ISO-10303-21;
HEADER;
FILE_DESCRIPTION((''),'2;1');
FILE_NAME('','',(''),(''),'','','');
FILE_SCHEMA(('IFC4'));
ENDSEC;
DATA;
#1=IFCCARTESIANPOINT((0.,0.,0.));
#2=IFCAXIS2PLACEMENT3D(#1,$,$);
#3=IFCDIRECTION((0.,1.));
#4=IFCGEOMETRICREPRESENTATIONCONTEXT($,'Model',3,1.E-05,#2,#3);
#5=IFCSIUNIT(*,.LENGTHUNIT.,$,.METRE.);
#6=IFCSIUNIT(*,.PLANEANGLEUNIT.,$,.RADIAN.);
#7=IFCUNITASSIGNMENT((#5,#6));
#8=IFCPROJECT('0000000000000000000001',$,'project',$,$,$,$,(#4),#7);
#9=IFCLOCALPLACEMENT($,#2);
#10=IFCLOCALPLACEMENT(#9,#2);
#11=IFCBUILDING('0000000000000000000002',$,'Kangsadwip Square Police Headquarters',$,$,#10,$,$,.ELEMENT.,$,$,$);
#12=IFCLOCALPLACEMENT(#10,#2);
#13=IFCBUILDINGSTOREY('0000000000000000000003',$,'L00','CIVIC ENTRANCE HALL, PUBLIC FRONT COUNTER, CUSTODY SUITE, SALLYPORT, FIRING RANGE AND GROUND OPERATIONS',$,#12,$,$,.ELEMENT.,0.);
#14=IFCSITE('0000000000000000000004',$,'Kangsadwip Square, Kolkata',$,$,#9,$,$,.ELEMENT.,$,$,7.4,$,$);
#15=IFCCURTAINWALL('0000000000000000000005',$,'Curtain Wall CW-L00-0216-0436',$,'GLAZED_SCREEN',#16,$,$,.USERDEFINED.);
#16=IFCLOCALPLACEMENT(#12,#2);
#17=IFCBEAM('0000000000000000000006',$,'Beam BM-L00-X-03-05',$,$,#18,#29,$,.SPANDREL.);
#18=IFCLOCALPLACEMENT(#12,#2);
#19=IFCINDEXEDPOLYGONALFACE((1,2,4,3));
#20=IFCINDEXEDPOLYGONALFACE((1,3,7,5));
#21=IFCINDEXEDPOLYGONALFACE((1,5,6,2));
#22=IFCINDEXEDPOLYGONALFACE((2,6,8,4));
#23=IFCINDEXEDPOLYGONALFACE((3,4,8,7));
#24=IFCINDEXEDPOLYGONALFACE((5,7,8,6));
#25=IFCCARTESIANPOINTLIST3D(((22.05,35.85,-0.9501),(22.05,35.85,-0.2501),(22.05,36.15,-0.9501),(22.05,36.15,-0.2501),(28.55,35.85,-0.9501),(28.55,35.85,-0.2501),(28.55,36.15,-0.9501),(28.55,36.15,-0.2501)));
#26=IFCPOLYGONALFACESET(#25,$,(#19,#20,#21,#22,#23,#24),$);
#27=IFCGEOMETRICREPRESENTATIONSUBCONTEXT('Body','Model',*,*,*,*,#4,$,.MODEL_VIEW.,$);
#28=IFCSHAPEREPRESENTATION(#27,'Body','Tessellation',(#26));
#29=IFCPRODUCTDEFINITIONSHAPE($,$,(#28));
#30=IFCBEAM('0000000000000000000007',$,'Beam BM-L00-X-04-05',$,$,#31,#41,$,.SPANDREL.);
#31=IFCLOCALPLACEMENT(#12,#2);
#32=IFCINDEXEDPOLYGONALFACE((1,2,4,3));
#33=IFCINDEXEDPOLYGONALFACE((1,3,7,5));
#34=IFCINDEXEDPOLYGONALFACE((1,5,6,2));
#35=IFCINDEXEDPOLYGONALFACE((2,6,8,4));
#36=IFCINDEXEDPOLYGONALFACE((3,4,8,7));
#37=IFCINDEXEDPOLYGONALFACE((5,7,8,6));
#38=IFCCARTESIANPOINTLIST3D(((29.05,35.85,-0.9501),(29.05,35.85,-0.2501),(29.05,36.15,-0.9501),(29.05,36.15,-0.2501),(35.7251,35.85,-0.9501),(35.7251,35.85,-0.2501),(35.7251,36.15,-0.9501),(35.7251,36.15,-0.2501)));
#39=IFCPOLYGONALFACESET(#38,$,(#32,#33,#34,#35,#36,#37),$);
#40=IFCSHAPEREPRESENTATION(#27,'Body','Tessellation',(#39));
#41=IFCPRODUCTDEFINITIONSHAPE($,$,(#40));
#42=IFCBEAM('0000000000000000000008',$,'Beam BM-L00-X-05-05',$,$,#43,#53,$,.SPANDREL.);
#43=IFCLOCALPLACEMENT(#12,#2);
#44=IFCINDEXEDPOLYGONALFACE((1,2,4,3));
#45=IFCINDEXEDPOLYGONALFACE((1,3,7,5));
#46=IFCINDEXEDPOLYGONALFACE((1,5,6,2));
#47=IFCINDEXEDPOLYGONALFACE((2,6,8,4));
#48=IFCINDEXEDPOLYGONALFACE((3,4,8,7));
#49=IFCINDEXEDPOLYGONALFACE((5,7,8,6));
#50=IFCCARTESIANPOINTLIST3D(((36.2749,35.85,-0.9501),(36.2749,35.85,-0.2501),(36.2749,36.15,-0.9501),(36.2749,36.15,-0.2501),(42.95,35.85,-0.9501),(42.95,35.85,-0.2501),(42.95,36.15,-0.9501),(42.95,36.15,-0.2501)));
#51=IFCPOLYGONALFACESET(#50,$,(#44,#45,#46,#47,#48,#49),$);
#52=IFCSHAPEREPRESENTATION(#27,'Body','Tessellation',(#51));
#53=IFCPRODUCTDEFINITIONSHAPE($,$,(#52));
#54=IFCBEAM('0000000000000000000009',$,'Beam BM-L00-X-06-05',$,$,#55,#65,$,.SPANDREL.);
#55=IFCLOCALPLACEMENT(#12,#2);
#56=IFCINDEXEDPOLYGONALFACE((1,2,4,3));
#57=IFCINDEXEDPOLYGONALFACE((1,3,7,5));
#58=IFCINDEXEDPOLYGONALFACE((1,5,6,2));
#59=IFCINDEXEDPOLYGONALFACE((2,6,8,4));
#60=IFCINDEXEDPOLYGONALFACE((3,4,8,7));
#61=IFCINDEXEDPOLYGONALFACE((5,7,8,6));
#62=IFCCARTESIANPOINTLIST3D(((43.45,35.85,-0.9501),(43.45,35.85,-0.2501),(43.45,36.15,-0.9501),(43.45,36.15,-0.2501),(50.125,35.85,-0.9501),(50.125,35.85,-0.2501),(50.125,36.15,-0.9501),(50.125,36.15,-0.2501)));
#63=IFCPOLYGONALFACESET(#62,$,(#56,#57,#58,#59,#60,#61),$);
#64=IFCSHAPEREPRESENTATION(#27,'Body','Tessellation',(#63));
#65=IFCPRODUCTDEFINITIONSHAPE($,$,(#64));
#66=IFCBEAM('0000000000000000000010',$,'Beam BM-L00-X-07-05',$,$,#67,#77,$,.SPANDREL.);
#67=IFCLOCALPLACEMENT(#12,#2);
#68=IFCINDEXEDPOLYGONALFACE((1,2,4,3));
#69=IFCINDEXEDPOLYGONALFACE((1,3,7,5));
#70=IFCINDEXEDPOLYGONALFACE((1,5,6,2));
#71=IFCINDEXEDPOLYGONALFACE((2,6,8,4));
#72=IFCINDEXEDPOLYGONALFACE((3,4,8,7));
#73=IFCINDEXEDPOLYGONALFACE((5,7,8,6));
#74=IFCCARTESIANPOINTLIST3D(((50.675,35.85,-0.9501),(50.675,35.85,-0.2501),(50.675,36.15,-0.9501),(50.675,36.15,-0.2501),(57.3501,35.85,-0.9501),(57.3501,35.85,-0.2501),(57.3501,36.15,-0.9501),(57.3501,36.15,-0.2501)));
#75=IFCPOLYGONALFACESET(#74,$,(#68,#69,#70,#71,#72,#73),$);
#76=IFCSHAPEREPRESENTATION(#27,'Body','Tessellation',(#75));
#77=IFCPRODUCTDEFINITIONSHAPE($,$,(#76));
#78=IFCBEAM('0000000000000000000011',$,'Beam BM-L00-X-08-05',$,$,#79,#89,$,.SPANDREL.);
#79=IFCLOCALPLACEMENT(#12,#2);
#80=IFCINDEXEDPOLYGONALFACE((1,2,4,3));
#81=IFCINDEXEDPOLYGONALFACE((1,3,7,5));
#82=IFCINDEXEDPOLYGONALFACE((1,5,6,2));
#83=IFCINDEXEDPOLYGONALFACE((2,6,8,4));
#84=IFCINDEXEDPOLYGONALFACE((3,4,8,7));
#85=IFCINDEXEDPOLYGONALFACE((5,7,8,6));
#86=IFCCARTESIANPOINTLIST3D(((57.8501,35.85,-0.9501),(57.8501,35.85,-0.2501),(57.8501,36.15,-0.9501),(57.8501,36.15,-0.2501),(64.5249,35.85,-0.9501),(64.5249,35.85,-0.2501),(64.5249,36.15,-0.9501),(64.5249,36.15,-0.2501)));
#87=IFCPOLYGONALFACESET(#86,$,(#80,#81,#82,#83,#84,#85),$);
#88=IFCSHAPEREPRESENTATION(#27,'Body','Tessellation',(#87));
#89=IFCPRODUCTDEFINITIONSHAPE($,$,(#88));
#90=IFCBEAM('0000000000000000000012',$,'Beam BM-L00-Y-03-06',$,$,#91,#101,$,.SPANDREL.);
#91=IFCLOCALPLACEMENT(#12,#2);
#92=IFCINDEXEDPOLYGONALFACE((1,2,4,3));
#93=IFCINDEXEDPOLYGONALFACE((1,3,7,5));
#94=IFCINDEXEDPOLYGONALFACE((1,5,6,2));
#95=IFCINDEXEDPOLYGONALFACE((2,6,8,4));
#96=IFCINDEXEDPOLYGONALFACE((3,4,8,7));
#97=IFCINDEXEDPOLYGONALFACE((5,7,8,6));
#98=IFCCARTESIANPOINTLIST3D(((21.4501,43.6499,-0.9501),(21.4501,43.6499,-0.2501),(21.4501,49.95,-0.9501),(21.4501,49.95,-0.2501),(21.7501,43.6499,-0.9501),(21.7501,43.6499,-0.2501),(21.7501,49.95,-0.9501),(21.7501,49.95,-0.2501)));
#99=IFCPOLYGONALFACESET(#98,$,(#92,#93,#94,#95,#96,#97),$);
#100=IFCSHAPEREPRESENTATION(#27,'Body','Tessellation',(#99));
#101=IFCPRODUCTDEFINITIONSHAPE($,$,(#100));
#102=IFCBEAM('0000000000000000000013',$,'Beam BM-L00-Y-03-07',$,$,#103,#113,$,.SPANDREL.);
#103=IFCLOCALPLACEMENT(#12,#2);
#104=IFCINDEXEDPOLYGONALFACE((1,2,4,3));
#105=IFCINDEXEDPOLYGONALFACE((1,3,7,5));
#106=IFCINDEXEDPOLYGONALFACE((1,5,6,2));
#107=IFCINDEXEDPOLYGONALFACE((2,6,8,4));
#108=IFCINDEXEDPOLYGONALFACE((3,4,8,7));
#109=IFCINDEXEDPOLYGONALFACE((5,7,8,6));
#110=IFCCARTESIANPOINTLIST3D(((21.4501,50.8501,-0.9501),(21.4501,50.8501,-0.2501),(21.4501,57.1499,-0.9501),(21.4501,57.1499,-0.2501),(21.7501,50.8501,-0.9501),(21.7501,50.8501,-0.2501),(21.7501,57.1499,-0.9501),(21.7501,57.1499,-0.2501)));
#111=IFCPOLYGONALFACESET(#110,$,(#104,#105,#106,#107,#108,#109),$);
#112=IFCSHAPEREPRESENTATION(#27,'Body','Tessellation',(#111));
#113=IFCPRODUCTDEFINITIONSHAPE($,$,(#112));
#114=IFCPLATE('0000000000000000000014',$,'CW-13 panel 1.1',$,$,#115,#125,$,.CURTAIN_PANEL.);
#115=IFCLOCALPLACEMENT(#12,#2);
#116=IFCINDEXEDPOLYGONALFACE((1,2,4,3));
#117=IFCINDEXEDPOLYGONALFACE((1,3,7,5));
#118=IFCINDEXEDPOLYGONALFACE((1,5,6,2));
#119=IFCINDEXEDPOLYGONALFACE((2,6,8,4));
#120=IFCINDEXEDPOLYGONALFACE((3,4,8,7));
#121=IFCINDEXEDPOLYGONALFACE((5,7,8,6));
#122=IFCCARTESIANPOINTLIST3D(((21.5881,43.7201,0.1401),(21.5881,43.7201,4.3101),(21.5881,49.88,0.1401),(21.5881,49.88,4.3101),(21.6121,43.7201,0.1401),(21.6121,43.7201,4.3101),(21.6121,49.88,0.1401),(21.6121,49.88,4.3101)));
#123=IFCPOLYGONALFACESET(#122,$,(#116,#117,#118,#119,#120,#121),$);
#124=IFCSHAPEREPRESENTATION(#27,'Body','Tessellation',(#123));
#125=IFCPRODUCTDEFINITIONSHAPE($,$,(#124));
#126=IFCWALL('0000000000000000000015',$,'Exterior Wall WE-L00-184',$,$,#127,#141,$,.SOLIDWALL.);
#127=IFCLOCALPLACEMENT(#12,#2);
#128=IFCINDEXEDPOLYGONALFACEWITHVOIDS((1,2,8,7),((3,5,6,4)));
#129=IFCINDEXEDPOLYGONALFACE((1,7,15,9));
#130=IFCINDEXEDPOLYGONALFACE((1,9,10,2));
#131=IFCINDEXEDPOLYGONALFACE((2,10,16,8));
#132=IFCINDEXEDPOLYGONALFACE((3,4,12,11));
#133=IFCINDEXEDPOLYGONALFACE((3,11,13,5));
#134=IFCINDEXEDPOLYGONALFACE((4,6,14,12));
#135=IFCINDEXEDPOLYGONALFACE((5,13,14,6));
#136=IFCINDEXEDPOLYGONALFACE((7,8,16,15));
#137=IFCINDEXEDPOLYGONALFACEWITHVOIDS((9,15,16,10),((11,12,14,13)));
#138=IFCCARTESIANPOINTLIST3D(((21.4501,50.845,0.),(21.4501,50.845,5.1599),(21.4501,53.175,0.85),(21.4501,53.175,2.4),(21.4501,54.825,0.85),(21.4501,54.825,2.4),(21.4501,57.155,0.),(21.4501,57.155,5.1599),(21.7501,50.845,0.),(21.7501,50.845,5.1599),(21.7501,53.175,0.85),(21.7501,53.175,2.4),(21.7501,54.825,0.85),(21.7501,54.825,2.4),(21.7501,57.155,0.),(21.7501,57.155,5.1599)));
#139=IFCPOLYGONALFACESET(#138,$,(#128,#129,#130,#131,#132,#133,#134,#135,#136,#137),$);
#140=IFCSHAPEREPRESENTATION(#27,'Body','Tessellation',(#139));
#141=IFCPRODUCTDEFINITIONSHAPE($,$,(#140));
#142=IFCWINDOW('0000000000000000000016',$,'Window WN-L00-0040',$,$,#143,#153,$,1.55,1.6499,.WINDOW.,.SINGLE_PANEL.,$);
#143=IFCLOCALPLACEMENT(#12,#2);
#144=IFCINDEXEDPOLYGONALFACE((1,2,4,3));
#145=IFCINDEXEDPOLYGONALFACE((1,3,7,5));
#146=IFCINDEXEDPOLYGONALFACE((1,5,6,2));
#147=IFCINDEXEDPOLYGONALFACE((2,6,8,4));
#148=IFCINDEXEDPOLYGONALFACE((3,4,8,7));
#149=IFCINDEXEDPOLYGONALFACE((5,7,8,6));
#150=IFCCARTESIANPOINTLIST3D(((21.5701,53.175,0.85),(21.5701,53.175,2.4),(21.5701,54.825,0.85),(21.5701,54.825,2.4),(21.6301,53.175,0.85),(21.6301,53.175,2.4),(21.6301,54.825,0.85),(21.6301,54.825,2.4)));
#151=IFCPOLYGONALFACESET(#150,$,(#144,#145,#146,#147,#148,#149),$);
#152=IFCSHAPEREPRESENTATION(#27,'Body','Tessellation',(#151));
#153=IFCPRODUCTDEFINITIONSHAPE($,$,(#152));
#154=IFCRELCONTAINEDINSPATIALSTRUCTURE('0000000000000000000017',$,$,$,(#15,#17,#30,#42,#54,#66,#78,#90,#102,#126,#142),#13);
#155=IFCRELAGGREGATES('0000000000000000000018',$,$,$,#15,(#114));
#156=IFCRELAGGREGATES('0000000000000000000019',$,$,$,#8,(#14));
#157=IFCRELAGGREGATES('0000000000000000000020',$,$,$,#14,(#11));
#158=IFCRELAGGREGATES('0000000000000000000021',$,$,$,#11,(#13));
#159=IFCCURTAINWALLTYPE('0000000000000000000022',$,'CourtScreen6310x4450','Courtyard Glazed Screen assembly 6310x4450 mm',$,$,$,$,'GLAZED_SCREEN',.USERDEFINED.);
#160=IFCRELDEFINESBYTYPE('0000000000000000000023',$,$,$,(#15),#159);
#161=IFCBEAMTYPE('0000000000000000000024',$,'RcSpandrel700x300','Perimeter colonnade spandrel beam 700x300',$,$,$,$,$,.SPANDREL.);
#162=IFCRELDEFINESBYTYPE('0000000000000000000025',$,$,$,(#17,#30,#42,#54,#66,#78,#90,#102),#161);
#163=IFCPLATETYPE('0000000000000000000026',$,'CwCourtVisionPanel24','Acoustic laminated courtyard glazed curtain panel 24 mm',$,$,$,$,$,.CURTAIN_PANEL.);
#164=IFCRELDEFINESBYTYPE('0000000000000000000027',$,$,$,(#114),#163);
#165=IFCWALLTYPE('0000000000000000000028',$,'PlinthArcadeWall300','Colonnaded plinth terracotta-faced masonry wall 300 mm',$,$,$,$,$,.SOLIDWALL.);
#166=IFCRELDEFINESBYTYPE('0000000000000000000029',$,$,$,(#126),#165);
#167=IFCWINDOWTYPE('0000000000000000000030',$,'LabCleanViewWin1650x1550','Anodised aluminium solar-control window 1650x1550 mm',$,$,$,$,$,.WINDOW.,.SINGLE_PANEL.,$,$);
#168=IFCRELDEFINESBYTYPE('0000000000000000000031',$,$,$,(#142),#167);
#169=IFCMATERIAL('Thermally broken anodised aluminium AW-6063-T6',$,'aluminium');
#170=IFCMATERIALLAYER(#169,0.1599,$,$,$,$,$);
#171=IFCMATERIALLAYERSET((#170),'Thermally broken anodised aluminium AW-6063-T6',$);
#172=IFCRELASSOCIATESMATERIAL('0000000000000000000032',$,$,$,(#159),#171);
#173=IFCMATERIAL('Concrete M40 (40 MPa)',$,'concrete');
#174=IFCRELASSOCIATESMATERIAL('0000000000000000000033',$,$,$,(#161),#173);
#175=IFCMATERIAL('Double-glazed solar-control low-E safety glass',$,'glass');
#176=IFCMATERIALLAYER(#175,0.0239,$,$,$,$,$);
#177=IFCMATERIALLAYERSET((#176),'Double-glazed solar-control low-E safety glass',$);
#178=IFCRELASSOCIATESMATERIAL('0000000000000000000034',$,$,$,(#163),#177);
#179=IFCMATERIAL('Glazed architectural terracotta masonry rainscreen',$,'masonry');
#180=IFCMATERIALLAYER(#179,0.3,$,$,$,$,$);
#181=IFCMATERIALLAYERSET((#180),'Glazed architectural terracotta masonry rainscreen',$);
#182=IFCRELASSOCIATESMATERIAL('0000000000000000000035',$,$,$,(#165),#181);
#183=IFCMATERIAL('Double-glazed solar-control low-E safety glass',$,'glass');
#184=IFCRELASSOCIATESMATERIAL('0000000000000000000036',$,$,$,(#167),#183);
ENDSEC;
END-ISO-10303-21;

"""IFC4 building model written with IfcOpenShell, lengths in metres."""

from ifc_helpers import new_model, si_unit, direction, frame, frame_2d, origin, origin_2d, place, context, subcontext, project, spatial, rectangle, extrude, material, layer, layer_set, material_profile, profile_set, type_object, element, fill, aggregate, save


model = new_model("IFC4")

# Units and contexts
model_context = context("Model", 3, precision=1e-05, world=origin(), true_north=direction((0.0, 1.0)))
body_context = subcontext(model_context, "Body", "Model", "MODEL_VIEW")
ifc_project = project(units=[si_unit("LENGTHUNIT", "METRE"), si_unit("PLANEANGLEUNIT", "RADIAN")], contexts=[model_context])

# Site, building, storey
site_placement = place(None, origin())
site = spatial("IfcSite", under=ifc_project, at=site_placement, Name="Kangsadwip Square, Kolkata", CompositionType="ELEMENT", RefElevation=7.4)
building_placement = place(site_placement, origin())
building = spatial("IfcBuilding", under=site, at=building_placement, Name="Kangsadwip Square Police Headquarters", CompositionType="ELEMENT")
storey_placement = place(building_placement, origin())
storey = spatial("IfcBuildingStorey", under=building, at=storey_placement, Name="L00", Description="CIVIC ENTRANCE HALL, PUBLIC FRONT COUNTER, CUSTODY SUITE, SALLYPORT, FIRING RANGE AND GROUND OPERATIONS", CompositionType="ELEMENT", Elevation=0.0)

# Curtain wall
ifc_material_1 = material(Name="Thermally broken anodised aluminium AW-6063-T6", Category="aluminium")
ifc_layer_1 = layer(ifc_material_1, 0.1599)
ifc_layer_set_1 = layer_set([ifc_layer_1], Name="Thermally broken anodised aluminium AW-6063-T6")
curtain_wall_type = type_object("IfcCurtainWallType", Name="CourtScreen6310x4450", Description="Courtyard Glazed Screen assembly 6310x4450 mm", ElementType="GLAZED_SCREEN", PredefinedType="USERDEFINED", material=ifc_layer_set_1)
curtain_wall_placement = place(storey_placement, origin())
curtain_wall = element("IfcCurtainWall", 1, at=curtain_wall_placement, inside=storey, type_object=curtain_wall_type, Name="Curtain Wall CW-L00-0216-0436", ObjectType="GLAZED_SCREEN", PredefinedType="USERDEFINED")

# Beams
ifc_material_2 = material(Name="Concrete M40 (40 MPa)", Category="concrete")
ifc_material_profile_1 = material_profile(ifc_material_2, rectangle(XDim=0.3, YDim=0.7, at=origin_2d()), Name="RC SPN 700X300")
ifc_profile_set_1 = profile_set([ifc_material_profile_1], Name="Concrete M40 (40 MPa)")
beam_type_1 = type_object("IfcBeamType", Name="RcSpandrel700x300", Description="Perimeter colonnade spandrel beam 700x300", PredefinedType="SPANDREL", material=ifc_profile_set_1)
beam_1_placement = place(storey_placement, frame((22.05, 36.0, -0.6001), z_axis=(1.0, 0.0, 0.0), x_axis=(0.0, 1.0, 0.0)))
element("IfcBeam", 2, at=beam_1_placement, inside=storey, type_object=beam_type_1, Name="Beam BM-L00-X-03-05", PredefinedType="SPANDREL", context=body_context, shape_type="SweptSolid", body=[
    extrude(rectangle(XDim=0.3, YDim=0.7, at=origin_2d()), origin(), (0.0, 0.0, 1.0), 6.5),
])
for number, where, z_axis, x_axis, name in (
    (3, (29.05, 36.0, -0.6001), (1.0, 0.0, 0.0), (0.0, 1.0, 0.0), "Beam BM-L00-X-04-05"),
    (4, (36.2749, 36.0, -0.6001), (1.0, 0.0, 0.0), (0.0, 1.0, 0.0), "Beam BM-L00-X-05-05"),
    (5, (43.45, 36.0, -0.6001), (1.0, 0.0, 0.0), (0.0, 1.0, 0.0), "Beam BM-L00-X-06-05"),
    (6, (50.675, 36.0, -0.6001), (1.0, 0.0, 0.0), (0.0, 1.0, 0.0), "Beam BM-L00-X-07-05"),
):
    element("IfcBeam", number, at=place(storey_placement, frame(where, z_axis=z_axis, x_axis=x_axis)), inside=storey, type_object=beam_type_1, Name=name, PredefinedType="SPANDREL", context=body_context, shape_type="SweptSolid", body=[
        extrude(rectangle(XDim=0.3, YDim=0.7, at=origin_2d()), origin(), (0.0, 0.0, 1.0), 6.675),
    ])
beam_2_placement = place(storey_placement, frame((57.8501, 36.0, -0.6001), z_axis=(1.0, 0.0, 0.0), x_axis=(0.0, 1.0, 0.0)))
element("IfcBeam", 7, at=beam_2_placement, inside=storey, type_object=beam_type_1, Name="Beam BM-L00-X-08-05", PredefinedType="SPANDREL", context=body_context, shape_type="SweptSolid", body=[
    extrude(rectangle(XDim=0.3, YDim=0.7, at=origin_2d()), origin(), (0.0, 0.0, 1.0), 6.6748),
])
beam_3_placement = place(storey_placement, frame((21.6001, 43.6499, -0.6001), z_axis=(0.0, 1.0, 0.0), x_axis=(-1.0, 0.0, 0.0)))
element("IfcBeam", 8, at=beam_3_placement, inside=storey, type_object=beam_type_1, Name="Beam BM-L00-Y-03-06", PredefinedType="SPANDREL", context=body_context, shape_type="SweptSolid", body=[
    extrude(rectangle(XDim=0.3, YDim=0.7, at=origin_2d()), origin(), (0.0, 0.0, 1.0), 6.3),
])
beam_4_placement = place(storey_placement, frame((21.6001, 50.8501, -0.6001), z_axis=(0.0, 1.0, 0.0), x_axis=(-1.0, 0.0, 0.0)))
element("IfcBeam", 9, at=beam_4_placement, inside=storey, type_object=beam_type_1, Name="Beam BM-L00-Y-03-07", PredefinedType="SPANDREL", context=body_context, shape_type="SweptSolid", body=[
    extrude(rectangle(XDim=0.3, YDim=0.7, at=origin_2d()), origin(), (0.0, 0.0, 1.0), 6.2998),
])

# Plate
ifc_material_3 = material(Name="Double-glazed solar-control low-E safety glass", Category="glass")
ifc_layer_2 = layer(ifc_material_3, 0.0239)
ifc_layer_set_2 = layer_set([ifc_layer_2], Name="Double-glazed solar-control low-E safety glass")
plate_type = type_object("IfcPlateType", Name="CwCourtVisionPanel24", Description="Acoustic laminated courtyard glazed curtain panel 24 mm", PredefinedType="CURTAIN_PANEL", material=ifc_layer_set_2)
plate_placement = place(storey_placement, frame((21.6001, 46.8, 0.1401), z_axis=(0.0, 0.0, 1.0), x_axis=(0.0, 1.0, 0.0)))
plate = element("IfcPlate", 10, at=plate_placement, type_object=plate_type, Name="CW-13 panel 1.1", PredefinedType="CURTAIN_PANEL", context=body_context, shape_type="SweptSolid", body=[
    extrude(rectangle(XDim=6.1599, YDim=0.0239, at=origin_2d()), origin(), (0.0, 0.0, 1.0), 4.1699),
])
aggregate(curtain_wall, [plate])

# Wall, opening, window
ifc_material_4 = material(Name="Glazed architectural terracotta masonry rainscreen", Category="masonry")
ifc_layer_3 = layer(ifc_material_4, 0.3)
ifc_layer_set_3 = layer_set([ifc_layer_3], Name="Glazed architectural terracotta masonry rainscreen")
wall_type = type_object("IfcWallType", Name="PlinthArcadeWall300", Description="Colonnaded plinth terracotta-faced masonry wall 300 mm", PredefinedType="SOLIDWALL", material=ifc_layer_set_3)
wall_placement = place(storey_placement, frame((21.6001, 50.845, 0.0), z_axis=(0.0, 0.0, 1.0), x_axis=(0.0, 1.0, 0.0)))
wall = element("IfcWall", 11, at=wall_placement, inside=storey, type_object=wall_type, Name="Exterior Wall WE-L00-184", PredefinedType="SOLIDWALL", context=body_context, shape_type="SweptSolid", body=[
    extrude(rectangle(XDim=6.3101, YDim=0.3, at=frame_2d((3.155, 0.0))), origin(), (0.0, 0.0, 1.0), 5.1599),
])
opening_placement = place(wall_placement, frame((2.3301, 0.0, 0.8501)))
opening = element("IfcOpeningElement", 12, at=opening_placement, cuts=wall, PredefinedType="OPENING", context=body_context, shape_type="SweptSolid", body=[
    extrude(rectangle(XDim=1.6499, YDim=1.55, at=frame_2d((0.825, 0.7749))), frame((0.0, 0.1599, 0.0), z_axis=(0.0, -1.0, 0.0), x_axis=(1.0, 0.0, 0.0)), (0.0, 0.0, 1.0), 0.3201),
])
ifc_material_5 = material(Name="Double-glazed solar-control low-E safety glass", Category="glass")
window_type = type_object("IfcWindowType", Name="LabCleanViewWin1650x1550", Description="Anodised aluminium solar-control window 1650x1550 mm", PartitioningType="SINGLE_PANEL", PredefinedType="WINDOW", material=ifc_material_5)
window_placement = place(opening_placement, origin())
window = element("IfcWindow", 13, at=window_placement, inside=storey, type_object=window_type, Name="Window WN-L00-0040", OverallHeight=1.55, OverallWidth=1.6499, PartitioningType="SINGLE_PANEL", PredefinedType="WINDOW", context=body_context, shape_type="SweptSolid", body=[
    extrude(rectangle(XDim=1.6499, YDim=1.55, at=frame_2d((0.825, 0.7749))), frame((0.0, 0.03, 0.0), z_axis=(0.0, -1.0, 0.0), x_axis=(1.0, 0.0, 0.0)), (0.0, 0.0, 1.0), 0.0601),
])
fill(opening, window)

save(model, "model.ifc")
